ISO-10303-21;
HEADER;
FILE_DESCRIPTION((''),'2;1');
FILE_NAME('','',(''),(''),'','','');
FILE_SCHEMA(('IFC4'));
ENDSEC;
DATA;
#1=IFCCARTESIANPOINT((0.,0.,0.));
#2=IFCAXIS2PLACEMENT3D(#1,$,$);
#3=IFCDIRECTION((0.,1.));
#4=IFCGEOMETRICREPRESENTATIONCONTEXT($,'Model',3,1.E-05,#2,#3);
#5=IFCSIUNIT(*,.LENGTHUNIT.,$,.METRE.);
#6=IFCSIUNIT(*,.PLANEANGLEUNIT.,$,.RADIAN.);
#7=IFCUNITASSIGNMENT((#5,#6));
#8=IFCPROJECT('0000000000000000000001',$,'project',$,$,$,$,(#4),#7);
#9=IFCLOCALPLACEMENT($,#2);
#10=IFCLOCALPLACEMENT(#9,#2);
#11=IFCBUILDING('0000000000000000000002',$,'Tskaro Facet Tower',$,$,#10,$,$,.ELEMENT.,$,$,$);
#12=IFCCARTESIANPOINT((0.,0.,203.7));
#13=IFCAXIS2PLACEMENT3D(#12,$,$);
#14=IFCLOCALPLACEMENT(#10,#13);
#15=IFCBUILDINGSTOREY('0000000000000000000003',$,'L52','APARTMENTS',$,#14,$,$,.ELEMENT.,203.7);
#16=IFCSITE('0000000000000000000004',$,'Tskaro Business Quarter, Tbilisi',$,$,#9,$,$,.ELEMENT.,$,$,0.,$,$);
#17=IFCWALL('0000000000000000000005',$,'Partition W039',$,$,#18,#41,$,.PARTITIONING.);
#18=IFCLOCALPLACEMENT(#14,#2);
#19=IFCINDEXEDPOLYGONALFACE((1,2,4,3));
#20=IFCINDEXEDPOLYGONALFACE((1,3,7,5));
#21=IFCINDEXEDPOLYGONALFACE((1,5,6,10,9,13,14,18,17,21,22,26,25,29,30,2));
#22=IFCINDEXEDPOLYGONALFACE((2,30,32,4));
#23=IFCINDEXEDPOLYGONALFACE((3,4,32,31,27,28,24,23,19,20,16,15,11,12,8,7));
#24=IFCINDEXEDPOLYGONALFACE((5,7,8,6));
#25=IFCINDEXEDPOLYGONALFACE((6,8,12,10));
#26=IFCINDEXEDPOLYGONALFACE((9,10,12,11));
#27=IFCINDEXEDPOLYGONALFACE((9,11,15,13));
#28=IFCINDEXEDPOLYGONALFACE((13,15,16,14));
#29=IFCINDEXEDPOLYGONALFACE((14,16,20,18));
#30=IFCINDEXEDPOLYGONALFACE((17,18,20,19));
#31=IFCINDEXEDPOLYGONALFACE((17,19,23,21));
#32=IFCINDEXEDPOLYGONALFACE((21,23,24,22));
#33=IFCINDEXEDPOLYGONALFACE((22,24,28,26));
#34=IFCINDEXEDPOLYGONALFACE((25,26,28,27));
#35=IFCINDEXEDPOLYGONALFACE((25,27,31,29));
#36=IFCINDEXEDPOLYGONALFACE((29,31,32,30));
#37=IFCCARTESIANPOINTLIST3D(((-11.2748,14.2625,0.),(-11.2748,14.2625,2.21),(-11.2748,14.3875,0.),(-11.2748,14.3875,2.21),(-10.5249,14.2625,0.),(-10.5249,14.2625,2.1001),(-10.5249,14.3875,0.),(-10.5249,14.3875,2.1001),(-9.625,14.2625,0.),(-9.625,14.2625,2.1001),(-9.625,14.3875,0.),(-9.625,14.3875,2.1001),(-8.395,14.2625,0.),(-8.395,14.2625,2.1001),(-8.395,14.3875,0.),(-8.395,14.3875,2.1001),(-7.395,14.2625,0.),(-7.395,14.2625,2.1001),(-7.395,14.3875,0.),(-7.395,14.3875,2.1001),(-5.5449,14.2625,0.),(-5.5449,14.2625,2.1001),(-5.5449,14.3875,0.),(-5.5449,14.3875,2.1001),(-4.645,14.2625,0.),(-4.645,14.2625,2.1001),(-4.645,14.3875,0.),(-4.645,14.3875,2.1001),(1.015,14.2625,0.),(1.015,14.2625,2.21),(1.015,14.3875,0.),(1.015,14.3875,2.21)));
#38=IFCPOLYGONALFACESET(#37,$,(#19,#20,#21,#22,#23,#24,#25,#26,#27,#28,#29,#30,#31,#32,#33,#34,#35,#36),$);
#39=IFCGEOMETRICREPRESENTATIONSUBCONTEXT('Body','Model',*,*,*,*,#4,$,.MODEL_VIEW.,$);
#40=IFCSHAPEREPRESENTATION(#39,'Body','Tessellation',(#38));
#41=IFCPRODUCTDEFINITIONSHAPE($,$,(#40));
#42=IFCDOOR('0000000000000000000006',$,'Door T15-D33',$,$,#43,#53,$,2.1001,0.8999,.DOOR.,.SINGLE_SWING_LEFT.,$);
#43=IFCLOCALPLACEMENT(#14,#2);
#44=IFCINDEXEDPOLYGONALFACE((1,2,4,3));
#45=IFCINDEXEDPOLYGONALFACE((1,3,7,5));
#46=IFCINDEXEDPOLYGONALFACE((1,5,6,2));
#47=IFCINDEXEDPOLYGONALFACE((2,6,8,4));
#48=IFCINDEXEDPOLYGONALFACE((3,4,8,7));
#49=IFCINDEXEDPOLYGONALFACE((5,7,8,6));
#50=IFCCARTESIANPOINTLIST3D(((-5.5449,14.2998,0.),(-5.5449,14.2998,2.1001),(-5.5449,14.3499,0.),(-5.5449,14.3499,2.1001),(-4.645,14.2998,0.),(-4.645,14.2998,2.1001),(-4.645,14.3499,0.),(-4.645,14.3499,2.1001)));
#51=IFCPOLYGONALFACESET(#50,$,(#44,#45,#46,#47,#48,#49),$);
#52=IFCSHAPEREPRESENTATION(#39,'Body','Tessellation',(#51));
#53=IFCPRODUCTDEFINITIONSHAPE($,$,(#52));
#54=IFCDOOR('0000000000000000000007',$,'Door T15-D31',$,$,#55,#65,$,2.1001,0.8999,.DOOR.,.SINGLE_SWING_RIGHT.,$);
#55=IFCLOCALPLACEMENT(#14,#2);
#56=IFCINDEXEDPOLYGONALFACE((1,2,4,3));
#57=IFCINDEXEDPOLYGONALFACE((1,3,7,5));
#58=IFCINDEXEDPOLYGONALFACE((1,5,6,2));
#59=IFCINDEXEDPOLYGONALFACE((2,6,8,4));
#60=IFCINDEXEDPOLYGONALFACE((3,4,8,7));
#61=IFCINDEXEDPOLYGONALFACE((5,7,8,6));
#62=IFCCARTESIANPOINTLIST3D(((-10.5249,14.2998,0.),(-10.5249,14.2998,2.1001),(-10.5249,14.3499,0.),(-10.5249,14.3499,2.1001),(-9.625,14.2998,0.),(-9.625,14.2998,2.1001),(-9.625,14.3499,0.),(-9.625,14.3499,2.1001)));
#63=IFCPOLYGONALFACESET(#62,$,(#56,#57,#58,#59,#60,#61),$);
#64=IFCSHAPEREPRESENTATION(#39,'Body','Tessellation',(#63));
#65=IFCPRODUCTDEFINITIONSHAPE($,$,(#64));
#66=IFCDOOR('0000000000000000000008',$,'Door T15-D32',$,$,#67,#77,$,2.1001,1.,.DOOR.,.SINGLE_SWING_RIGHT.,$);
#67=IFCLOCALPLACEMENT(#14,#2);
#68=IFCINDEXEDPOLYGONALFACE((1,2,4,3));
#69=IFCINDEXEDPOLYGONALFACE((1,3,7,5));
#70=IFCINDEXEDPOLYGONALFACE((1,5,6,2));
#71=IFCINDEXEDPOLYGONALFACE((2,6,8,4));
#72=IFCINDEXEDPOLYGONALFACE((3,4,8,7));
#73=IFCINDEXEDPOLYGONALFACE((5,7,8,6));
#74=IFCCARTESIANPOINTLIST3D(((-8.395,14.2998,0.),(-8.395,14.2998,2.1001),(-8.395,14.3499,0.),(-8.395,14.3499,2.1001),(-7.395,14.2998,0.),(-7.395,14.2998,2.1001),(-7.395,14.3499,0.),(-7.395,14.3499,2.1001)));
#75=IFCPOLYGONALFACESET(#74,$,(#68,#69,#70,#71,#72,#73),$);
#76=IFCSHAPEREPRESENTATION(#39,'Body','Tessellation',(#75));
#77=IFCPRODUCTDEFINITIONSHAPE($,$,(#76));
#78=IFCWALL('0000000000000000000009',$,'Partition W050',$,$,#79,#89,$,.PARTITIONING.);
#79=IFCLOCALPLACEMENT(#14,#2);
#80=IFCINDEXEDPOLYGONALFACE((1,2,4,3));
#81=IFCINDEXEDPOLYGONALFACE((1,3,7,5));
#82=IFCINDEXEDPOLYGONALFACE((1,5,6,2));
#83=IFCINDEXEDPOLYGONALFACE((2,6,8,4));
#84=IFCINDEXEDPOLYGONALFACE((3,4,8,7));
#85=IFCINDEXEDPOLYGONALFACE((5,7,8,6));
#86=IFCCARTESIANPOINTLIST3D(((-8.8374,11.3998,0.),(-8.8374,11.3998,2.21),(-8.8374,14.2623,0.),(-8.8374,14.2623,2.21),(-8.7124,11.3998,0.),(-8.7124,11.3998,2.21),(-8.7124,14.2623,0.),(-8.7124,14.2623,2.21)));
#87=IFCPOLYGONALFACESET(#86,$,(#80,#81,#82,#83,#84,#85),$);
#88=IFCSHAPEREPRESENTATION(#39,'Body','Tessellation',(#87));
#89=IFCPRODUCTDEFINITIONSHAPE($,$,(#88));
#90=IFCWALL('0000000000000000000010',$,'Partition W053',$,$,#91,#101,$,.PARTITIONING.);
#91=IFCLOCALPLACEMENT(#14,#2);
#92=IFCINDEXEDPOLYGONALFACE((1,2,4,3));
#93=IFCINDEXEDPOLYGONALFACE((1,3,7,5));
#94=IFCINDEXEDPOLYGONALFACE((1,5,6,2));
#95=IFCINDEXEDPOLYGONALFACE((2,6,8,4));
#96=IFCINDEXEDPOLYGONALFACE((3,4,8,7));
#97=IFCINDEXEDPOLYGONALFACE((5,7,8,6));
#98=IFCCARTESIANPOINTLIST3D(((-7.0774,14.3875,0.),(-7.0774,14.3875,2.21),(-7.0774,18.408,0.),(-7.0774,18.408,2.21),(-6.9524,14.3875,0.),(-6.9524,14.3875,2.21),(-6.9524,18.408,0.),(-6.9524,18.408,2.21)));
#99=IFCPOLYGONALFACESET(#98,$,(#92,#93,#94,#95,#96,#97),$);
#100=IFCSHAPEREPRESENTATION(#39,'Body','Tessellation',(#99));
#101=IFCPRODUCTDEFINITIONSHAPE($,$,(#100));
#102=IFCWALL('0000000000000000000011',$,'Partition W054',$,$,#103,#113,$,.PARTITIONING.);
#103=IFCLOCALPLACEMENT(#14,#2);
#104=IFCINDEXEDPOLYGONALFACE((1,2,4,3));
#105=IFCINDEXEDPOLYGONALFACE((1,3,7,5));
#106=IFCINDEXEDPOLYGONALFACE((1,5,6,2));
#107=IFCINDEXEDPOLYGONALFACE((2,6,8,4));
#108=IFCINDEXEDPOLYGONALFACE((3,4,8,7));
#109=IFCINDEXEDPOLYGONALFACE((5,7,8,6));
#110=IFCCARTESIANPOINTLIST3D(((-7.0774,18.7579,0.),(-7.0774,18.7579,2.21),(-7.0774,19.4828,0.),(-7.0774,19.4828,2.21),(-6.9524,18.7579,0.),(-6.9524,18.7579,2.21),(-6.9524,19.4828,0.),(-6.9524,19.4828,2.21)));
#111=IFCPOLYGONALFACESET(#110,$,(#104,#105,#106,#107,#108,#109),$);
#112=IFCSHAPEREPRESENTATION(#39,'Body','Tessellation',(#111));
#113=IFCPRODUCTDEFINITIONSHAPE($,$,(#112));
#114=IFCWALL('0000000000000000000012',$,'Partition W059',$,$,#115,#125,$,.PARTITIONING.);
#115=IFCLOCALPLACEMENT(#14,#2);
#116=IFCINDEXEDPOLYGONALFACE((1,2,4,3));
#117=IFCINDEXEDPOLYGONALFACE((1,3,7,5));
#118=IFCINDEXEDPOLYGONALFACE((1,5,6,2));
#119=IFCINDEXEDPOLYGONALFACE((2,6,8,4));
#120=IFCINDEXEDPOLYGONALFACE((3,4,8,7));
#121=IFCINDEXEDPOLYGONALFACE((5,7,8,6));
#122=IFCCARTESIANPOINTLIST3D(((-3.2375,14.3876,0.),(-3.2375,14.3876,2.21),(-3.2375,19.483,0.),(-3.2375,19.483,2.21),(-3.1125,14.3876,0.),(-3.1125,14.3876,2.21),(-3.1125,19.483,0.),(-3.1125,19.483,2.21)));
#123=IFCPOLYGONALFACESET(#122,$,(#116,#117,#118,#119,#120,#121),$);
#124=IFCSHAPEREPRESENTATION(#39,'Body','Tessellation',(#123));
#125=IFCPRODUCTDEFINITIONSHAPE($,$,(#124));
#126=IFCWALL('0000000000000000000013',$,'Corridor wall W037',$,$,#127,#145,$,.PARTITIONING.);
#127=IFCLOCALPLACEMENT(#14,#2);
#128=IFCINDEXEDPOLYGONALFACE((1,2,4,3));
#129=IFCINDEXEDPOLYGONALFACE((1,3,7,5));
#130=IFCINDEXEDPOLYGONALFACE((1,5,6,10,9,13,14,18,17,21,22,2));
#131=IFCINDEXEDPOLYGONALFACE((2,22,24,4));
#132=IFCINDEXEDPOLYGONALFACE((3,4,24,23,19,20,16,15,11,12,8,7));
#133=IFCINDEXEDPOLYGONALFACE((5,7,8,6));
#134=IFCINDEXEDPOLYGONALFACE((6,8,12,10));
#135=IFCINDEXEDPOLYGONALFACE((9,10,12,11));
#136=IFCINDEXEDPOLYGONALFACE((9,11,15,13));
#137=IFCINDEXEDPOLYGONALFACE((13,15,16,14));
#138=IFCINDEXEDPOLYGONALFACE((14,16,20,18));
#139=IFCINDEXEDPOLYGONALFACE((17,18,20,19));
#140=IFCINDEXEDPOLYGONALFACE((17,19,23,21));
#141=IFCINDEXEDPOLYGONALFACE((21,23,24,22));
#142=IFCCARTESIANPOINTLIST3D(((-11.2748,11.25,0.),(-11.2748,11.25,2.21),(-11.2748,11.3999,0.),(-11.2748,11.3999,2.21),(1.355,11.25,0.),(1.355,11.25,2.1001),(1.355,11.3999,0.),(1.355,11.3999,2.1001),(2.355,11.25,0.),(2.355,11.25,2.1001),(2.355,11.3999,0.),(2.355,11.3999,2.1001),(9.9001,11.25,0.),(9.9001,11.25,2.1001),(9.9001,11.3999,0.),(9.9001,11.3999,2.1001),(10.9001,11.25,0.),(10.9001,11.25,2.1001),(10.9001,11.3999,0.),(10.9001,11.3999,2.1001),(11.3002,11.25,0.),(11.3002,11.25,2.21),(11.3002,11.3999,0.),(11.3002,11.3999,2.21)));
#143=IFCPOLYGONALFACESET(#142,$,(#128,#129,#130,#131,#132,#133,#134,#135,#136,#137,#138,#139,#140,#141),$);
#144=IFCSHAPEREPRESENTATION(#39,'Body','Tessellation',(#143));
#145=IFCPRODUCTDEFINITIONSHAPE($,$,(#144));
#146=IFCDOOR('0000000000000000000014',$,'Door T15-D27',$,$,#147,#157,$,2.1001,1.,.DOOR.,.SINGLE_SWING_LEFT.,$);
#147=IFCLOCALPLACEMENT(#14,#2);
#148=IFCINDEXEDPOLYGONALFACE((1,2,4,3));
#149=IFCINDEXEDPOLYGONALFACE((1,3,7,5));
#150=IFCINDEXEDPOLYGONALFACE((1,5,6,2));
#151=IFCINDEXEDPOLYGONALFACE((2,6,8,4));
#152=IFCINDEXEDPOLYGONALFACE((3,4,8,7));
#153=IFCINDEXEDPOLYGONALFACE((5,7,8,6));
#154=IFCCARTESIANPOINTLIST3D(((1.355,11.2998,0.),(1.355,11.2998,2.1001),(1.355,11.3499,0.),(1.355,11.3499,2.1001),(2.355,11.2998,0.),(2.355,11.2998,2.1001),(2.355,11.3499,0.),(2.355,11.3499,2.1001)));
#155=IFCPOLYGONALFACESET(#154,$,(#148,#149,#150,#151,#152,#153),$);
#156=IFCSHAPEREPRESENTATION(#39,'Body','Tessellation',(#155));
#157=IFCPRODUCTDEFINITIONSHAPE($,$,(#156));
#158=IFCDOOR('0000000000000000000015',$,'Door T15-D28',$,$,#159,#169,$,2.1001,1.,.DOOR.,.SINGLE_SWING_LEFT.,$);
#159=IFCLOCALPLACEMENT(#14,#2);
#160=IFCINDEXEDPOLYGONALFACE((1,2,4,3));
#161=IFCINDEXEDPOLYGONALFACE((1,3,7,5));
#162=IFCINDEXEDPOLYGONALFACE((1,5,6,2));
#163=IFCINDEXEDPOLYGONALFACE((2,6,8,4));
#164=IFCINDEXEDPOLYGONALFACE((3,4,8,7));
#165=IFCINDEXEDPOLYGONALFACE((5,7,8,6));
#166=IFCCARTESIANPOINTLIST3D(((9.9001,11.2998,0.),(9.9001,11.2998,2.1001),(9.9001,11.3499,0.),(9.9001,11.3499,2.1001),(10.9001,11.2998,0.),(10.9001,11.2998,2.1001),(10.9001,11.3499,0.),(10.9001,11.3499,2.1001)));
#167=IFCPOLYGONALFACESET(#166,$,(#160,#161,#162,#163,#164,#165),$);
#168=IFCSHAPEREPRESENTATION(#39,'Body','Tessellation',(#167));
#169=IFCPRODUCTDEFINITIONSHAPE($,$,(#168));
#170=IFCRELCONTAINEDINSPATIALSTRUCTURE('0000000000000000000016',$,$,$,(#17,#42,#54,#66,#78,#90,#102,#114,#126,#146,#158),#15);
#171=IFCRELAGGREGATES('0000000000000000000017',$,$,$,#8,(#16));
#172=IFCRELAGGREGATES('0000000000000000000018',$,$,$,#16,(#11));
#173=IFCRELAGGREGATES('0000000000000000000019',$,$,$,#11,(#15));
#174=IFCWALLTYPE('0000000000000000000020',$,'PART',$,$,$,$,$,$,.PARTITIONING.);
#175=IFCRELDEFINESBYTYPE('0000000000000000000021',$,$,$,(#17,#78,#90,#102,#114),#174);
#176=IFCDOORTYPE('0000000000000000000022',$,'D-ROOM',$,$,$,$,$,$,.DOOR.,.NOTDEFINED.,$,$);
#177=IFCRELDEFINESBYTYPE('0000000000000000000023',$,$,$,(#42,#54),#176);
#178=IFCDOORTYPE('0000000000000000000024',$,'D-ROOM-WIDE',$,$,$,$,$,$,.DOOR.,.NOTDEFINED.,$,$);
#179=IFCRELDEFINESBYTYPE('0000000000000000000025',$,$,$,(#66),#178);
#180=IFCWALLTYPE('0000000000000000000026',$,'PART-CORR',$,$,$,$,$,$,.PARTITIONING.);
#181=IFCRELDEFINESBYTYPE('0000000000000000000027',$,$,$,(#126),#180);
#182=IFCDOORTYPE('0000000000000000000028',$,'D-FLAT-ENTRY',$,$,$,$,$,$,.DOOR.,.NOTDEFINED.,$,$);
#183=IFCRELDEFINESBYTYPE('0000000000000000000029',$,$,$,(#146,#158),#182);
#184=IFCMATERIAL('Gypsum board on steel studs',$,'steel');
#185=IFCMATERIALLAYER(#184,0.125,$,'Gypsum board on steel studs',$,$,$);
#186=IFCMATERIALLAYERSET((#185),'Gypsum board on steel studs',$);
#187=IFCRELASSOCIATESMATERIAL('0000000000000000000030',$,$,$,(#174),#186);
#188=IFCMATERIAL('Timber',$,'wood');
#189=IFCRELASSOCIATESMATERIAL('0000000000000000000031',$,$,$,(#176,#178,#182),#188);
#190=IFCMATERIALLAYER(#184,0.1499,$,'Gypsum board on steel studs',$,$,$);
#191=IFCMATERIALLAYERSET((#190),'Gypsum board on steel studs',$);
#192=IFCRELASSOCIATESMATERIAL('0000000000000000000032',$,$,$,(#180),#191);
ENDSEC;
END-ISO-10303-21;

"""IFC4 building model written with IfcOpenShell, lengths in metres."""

from ifc_helpers import new_model, si_unit, direction, frame, frame_2d, origin, place, context, subcontext, project, spatial, rectangle, extrude, material, layer, layer_set, type_object, element, fill, save


model = new_model("IFC4")

# Units and contexts
model_context = context("Model", 3, precision=1e-05, world=origin(), true_north=direction((0.0, 1.0)))
body_context = subcontext(model_context, "Body", "Model", "MODEL_VIEW")
ifc_project = project(units=[si_unit("LENGTHUNIT", "METRE"), si_unit("PLANEANGLEUNIT", "RADIAN")], contexts=[model_context])

# Site, building, storey
site_placement = place(None, origin())
site = spatial("IfcSite", under=ifc_project, at=site_placement, Name="Tskaro Business Quarter, Tbilisi", CompositionType="ELEMENT", RefElevation=0.0)
building_placement = place(site_placement, origin())
building = spatial("IfcBuilding", under=site, at=building_placement, Name="Tskaro Facet Tower", CompositionType="ELEMENT")
storey_placement = place(building_placement, frame((0.0, 0.0, 203.7)))
storey = spatial("IfcBuildingStorey", under=building, at=storey_placement, Name="L52", Description="APARTMENTS", CompositionType="ELEMENT", Elevation=203.7)

# Wall, openings, doors
ifc_material_1 = material(Name="Gypsum board on steel studs", Category="steel")
ifc_layer_1 = layer(ifc_material_1, 0.125, Name="Gypsum board on steel studs")
ifc_layer_set_1 = layer_set([ifc_layer_1], Name="Gypsum board on steel studs")
wall_type_1 = type_object("IfcWallType", Name="PART", PredefinedType="PARTITIONING", material=ifc_layer_set_1)
wall_1_placement = place(storey_placement, frame((-11.2749, 14.325, 0.0), z_axis=(0.0, 0.0, 1.0), x_axis=(1.0, 0.0, 0.0)))
wall_1 = element("IfcWall", 1, at=wall_1_placement, inside=storey, type_object=wall_type_1, Name="Partition W039", PredefinedType="PARTITIONING", context=body_context, shape_type="SweptSolid", body=[
    extrude(rectangle(XDim=12.2898, YDim=0.125, at=frame_2d((6.145, 0.0))), origin(), (0.0, 0.0, 1.0), 2.21),
])
opening_1_placement = place(wall_1_placement, frame((5.73, 0.0, 0.0)))
opening_1 = element("IfcOpeningElement", 2, at=opening_1_placement, cuts=wall_1, PredefinedType="OPENING", context=body_context, shape_type="SweptSolid", body=[
    extrude(rectangle(XDim=0.8999, YDim=2.1001, at=frame_2d((0.45, 1.05))), frame((0.0, 0.0725, 0.0), z_axis=(0.0, -1.0, 0.0), x_axis=(1.0, 0.0, 0.0)), (0.0, 0.0, 1.0), 0.145),
])
opening_2_placement = place(wall_1_placement, frame((2.8799, 0.0, 0.0)))
opening_2 = element("IfcOpeningElement", 3, at=opening_2_placement, cuts=wall_1, PredefinedType="OPENING", context=body_context, shape_type="SweptSolid", body=[
    extrude(rectangle(XDim=1.0, YDim=2.1001, at=frame_2d((0.5, 1.05))), frame((0.0, 0.0725, 0.0), z_axis=(0.0, -1.0, 0.0), x_axis=(1.0, 0.0, 0.0)), (0.0, 0.0, 1.0), 0.145),
])
opening_3_placement = place(wall_1_placement, frame((0.75, 0.0, 0.0)))
opening_3 = element("IfcOpeningElement", 4, at=opening_3_placement, cuts=wall_1, PredefinedType="OPENING", context=body_context, shape_type="SweptSolid", body=[
    extrude(rectangle(XDim=0.8999, YDim=2.1001, at=frame_2d((0.45, 1.05))), frame((0.0, 0.0725, 0.0), z_axis=(0.0, -1.0, 0.0), x_axis=(1.0, 0.0, 0.0)), (0.0, 0.0, 1.0), 0.145),
])
ifc_material_2 = material(Name="Timber", Category="wood")
door_type_1 = type_object("IfcDoorType", Name="D-ROOM", OperationType="NOTDEFINED", PredefinedType="DOOR", material=ifc_material_2)
door_1_placement = place(opening_1_placement, origin())
door_1 = element("IfcDoor", 5, at=door_1_placement, inside=storey, type_object=door_type_1, Name="Door T15-D33", OperationType="SINGLE_SWING_LEFT", OverallHeight=2.1001, OverallWidth=0.8999, PredefinedType="DOOR", context=body_context, shape_type="SweptSolid", body=[
    extrude(rectangle(XDim=0.8999, YDim=2.1001, at=frame_2d((0.45, 1.05))), frame((0.0, 0.0249, 0.0), z_axis=(0.0, -1.0, 0.0), x_axis=(1.0, 0.0, 0.0)), (0.0, 0.0, 1.0), 0.05),
])
fill(opening_1, door_1)
door_2_placement = place(opening_3_placement, origin())
door_2 = element("IfcDoor", 6, at=door_2_placement, inside=storey, type_object=door_type_1, Name="Door T15-D31", OperationType="SINGLE_SWING_RIGHT", OverallHeight=2.1001, OverallWidth=0.8999, PredefinedType="DOOR", context=body_context, shape_type="SweptSolid", body=[
    extrude(rectangle(XDim=0.8999, YDim=2.1001, at=frame_2d((0.45, 1.05))), frame((0.0, 0.0249, 0.0), z_axis=(0.0, -1.0, 0.0), x_axis=(1.0, 0.0, 0.0)), (0.0, 0.0, 1.0), 0.05),
])
fill(opening_3, door_2)
door_type_2 = type_object("IfcDoorType", Name="D-ROOM-WIDE", OperationType="NOTDEFINED", PredefinedType="DOOR", material=ifc_material_2)
door_3_placement = place(opening_2_placement, origin())
door_3 = element("IfcDoor", 7, at=door_3_placement, inside=storey, type_object=door_type_2, Name="Door T15-D32", OperationType="SINGLE_SWING_RIGHT", OverallHeight=2.1001, OverallWidth=1.0, PredefinedType="DOOR", context=body_context, shape_type="SweptSolid", body=[
    extrude(rectangle(XDim=1.0, YDim=2.1001, at=frame_2d((0.5, 1.05))), frame((0.0, 0.0249, 0.0), z_axis=(0.0, -1.0, 0.0), x_axis=(1.0, 0.0, 0.0)), (0.0, 0.0, 1.0), 0.05),
])
fill(opening_2, door_3)

# Walls
wall_2_placement = place(storey_placement, frame((-8.7749, 11.3999, 0.0), z_axis=(0.0, 0.0, 1.0), x_axis=(0.0, 1.0, 0.0)))
element("IfcWall", 8, at=wall_2_placement, inside=storey, type_object=wall_type_1, Name="Partition W050", PredefinedType="PARTITIONING", context=body_context, shape_type="SweptSolid", body=[
    extrude(rectangle(XDim=2.8625, YDim=0.125, at=frame_2d((1.4312, 0.0))), origin(), (0.0, 0.0, 1.0), 2.21),
])
wall_3_placement = place(storey_placement, frame((-7.0149, 14.3875, 0.0), z_axis=(0.0, 0.0, 1.0), x_axis=(0.0, 1.0, 0.0)))
element("IfcWall", 9, at=wall_3_placement, inside=storey, type_object=wall_type_1, Name="Partition W053", PredefinedType="PARTITIONING", context=body_context, shape_type="SweptSolid", body=[
    extrude(rectangle(XDim=4.0205, YDim=0.125, at=frame_2d((2.0103, 0.0))), origin(), (0.0, 0.0, 1.0), 2.21),
])
wall_4_placement = place(storey_placement, frame((-7.0149, 18.7581, 0.0), z_axis=(0.0, 0.0, 1.0), x_axis=(0.0, 1.0, 0.0)))
element("IfcWall", 10, at=wall_4_placement, inside=storey, type_object=wall_type_1, Name="Partition W054", PredefinedType="PARTITIONING", context=body_context, shape_type="SweptSolid", body=[
    extrude(rectangle(XDim=0.7249, YDim=0.125, at=frame_2d((0.3623, 0.0))), origin(), (0.0, 0.0, 1.0), 2.21),
])
wall_5_placement = place(storey_placement, frame((-3.175, 14.3875, 0.0), z_axis=(0.0, 0.0, 1.0), x_axis=(0.0, 1.0, 0.0)))
element("IfcWall", 11, at=wall_5_placement, inside=storey, type_object=wall_type_1, Name="Partition W059", PredefinedType="PARTITIONING", context=body_context, shape_type="SweptSolid", body=[
    extrude(rectangle(XDim=5.0955, YDim=0.125, at=frame_2d((2.5479, 0.0))), origin(), (0.0, 0.0, 1.0), 2.21),
])

# Wall, openings, doors
ifc_layer_2 = layer(ifc_material_1, 0.1499, Name="Gypsum board on steel studs")
ifc_layer_set_2 = layer_set([ifc_layer_2], Name="Gypsum board on steel studs")
wall_type_2 = type_object("IfcWallType", Name="PART-CORR", PredefinedType="PARTITIONING", material=ifc_layer_set_2)
wall_6_placement = place(storey_placement, frame((-11.2749, 11.325, 0.0), z_axis=(0.0, 0.0, 1.0), x_axis=(1.0, 0.0, 0.0)))
wall_6 = element("IfcWall", 12, at=wall_6_placement, inside=storey, type_object=wall_type_2, Name="Corridor wall W037", PredefinedType="PARTITIONING", context=body_context, shape_type="SweptSolid", body=[
    extrude(rectangle(XDim=22.575, YDim=0.1499, at=frame_2d((11.2876, 0.0))), origin(), (0.0, 0.0, 1.0), 2.21),
])
opening_4_placement = place(wall_6_placement, frame((12.6299, 0.0, 0.0)))
opening_4 = element("IfcOpeningElement", 13, at=opening_4_placement, cuts=wall_6, PredefinedType="OPENING", context=body_context, shape_type="SweptSolid", body=[
    extrude(rectangle(XDim=1.0, YDim=2.1001, at=frame_2d((0.5, 1.05))), frame((0.0, 0.085, 0.0), z_axis=(0.0, -1.0, 0.0), x_axis=(1.0, 0.0, 0.0)), (0.0, 0.0, 1.0), 0.1699),
])
opening_5_placement = place(wall_6_placement, frame((21.175, 0.0, 0.0)))
opening_5 = element("IfcOpeningElement", 14, at=opening_5_placement, cuts=wall_6, PredefinedType="OPENING", context=body_context, shape_type="SweptSolid", body=[
    extrude(rectangle(XDim=1.0, YDim=2.1001, at=frame_2d((0.5, 1.05))), frame((0.0, 0.085, 0.0), z_axis=(0.0, -1.0, 0.0), x_axis=(1.0, 0.0, 0.0)), (0.0, 0.0, 1.0), 0.1699),
])
door_type_3 = type_object("IfcDoorType", Name="D-FLAT-ENTRY", OperationType="NOTDEFINED", PredefinedType="DOOR", material=ifc_material_2)
door_4_placement = place(opening_4_placement, origin())
door_4 = element("IfcDoor", 15, at=door_4_placement, inside=storey, type_object=door_type_3, Name="Door T15-D27", OperationType="SINGLE_SWING_LEFT", OverallHeight=2.1001, OverallWidth=1.0, PredefinedType="DOOR", context=body_context, shape_type="SweptSolid", body=[
    extrude(rectangle(XDim=1.0, YDim=2.1001, at=frame_2d((0.5, 1.05))), frame((0.0, 0.0249, 0.0), z_axis=(0.0, -1.0, 0.0), x_axis=(1.0, 0.0, 0.0)), (0.0, 0.0, 1.0), 0.05),
])
fill(opening_4, door_4)
door_5_placement = place(opening_5_placement, origin())
door_5 = element("IfcDoor", 16, at=door_5_placement, inside=storey, type_object=door_type_3, Name="Door T15-D28", OperationType="SINGLE_SWING_LEFT", OverallHeight=2.1001, OverallWidth=1.0, PredefinedType="DOOR", context=body_context, shape_type="SweptSolid", body=[
    extrude(rectangle(XDim=1.0, YDim=2.1001, at=frame_2d((0.5, 1.05))), frame((0.0, 0.0249, 0.0), z_axis=(0.0, -1.0, 0.0), x_axis=(1.0, 0.0, 0.0)), (0.0, 0.0, 1.0), 0.05),
])
fill(opening_5, door_5)

save(model, "model.ifc")
